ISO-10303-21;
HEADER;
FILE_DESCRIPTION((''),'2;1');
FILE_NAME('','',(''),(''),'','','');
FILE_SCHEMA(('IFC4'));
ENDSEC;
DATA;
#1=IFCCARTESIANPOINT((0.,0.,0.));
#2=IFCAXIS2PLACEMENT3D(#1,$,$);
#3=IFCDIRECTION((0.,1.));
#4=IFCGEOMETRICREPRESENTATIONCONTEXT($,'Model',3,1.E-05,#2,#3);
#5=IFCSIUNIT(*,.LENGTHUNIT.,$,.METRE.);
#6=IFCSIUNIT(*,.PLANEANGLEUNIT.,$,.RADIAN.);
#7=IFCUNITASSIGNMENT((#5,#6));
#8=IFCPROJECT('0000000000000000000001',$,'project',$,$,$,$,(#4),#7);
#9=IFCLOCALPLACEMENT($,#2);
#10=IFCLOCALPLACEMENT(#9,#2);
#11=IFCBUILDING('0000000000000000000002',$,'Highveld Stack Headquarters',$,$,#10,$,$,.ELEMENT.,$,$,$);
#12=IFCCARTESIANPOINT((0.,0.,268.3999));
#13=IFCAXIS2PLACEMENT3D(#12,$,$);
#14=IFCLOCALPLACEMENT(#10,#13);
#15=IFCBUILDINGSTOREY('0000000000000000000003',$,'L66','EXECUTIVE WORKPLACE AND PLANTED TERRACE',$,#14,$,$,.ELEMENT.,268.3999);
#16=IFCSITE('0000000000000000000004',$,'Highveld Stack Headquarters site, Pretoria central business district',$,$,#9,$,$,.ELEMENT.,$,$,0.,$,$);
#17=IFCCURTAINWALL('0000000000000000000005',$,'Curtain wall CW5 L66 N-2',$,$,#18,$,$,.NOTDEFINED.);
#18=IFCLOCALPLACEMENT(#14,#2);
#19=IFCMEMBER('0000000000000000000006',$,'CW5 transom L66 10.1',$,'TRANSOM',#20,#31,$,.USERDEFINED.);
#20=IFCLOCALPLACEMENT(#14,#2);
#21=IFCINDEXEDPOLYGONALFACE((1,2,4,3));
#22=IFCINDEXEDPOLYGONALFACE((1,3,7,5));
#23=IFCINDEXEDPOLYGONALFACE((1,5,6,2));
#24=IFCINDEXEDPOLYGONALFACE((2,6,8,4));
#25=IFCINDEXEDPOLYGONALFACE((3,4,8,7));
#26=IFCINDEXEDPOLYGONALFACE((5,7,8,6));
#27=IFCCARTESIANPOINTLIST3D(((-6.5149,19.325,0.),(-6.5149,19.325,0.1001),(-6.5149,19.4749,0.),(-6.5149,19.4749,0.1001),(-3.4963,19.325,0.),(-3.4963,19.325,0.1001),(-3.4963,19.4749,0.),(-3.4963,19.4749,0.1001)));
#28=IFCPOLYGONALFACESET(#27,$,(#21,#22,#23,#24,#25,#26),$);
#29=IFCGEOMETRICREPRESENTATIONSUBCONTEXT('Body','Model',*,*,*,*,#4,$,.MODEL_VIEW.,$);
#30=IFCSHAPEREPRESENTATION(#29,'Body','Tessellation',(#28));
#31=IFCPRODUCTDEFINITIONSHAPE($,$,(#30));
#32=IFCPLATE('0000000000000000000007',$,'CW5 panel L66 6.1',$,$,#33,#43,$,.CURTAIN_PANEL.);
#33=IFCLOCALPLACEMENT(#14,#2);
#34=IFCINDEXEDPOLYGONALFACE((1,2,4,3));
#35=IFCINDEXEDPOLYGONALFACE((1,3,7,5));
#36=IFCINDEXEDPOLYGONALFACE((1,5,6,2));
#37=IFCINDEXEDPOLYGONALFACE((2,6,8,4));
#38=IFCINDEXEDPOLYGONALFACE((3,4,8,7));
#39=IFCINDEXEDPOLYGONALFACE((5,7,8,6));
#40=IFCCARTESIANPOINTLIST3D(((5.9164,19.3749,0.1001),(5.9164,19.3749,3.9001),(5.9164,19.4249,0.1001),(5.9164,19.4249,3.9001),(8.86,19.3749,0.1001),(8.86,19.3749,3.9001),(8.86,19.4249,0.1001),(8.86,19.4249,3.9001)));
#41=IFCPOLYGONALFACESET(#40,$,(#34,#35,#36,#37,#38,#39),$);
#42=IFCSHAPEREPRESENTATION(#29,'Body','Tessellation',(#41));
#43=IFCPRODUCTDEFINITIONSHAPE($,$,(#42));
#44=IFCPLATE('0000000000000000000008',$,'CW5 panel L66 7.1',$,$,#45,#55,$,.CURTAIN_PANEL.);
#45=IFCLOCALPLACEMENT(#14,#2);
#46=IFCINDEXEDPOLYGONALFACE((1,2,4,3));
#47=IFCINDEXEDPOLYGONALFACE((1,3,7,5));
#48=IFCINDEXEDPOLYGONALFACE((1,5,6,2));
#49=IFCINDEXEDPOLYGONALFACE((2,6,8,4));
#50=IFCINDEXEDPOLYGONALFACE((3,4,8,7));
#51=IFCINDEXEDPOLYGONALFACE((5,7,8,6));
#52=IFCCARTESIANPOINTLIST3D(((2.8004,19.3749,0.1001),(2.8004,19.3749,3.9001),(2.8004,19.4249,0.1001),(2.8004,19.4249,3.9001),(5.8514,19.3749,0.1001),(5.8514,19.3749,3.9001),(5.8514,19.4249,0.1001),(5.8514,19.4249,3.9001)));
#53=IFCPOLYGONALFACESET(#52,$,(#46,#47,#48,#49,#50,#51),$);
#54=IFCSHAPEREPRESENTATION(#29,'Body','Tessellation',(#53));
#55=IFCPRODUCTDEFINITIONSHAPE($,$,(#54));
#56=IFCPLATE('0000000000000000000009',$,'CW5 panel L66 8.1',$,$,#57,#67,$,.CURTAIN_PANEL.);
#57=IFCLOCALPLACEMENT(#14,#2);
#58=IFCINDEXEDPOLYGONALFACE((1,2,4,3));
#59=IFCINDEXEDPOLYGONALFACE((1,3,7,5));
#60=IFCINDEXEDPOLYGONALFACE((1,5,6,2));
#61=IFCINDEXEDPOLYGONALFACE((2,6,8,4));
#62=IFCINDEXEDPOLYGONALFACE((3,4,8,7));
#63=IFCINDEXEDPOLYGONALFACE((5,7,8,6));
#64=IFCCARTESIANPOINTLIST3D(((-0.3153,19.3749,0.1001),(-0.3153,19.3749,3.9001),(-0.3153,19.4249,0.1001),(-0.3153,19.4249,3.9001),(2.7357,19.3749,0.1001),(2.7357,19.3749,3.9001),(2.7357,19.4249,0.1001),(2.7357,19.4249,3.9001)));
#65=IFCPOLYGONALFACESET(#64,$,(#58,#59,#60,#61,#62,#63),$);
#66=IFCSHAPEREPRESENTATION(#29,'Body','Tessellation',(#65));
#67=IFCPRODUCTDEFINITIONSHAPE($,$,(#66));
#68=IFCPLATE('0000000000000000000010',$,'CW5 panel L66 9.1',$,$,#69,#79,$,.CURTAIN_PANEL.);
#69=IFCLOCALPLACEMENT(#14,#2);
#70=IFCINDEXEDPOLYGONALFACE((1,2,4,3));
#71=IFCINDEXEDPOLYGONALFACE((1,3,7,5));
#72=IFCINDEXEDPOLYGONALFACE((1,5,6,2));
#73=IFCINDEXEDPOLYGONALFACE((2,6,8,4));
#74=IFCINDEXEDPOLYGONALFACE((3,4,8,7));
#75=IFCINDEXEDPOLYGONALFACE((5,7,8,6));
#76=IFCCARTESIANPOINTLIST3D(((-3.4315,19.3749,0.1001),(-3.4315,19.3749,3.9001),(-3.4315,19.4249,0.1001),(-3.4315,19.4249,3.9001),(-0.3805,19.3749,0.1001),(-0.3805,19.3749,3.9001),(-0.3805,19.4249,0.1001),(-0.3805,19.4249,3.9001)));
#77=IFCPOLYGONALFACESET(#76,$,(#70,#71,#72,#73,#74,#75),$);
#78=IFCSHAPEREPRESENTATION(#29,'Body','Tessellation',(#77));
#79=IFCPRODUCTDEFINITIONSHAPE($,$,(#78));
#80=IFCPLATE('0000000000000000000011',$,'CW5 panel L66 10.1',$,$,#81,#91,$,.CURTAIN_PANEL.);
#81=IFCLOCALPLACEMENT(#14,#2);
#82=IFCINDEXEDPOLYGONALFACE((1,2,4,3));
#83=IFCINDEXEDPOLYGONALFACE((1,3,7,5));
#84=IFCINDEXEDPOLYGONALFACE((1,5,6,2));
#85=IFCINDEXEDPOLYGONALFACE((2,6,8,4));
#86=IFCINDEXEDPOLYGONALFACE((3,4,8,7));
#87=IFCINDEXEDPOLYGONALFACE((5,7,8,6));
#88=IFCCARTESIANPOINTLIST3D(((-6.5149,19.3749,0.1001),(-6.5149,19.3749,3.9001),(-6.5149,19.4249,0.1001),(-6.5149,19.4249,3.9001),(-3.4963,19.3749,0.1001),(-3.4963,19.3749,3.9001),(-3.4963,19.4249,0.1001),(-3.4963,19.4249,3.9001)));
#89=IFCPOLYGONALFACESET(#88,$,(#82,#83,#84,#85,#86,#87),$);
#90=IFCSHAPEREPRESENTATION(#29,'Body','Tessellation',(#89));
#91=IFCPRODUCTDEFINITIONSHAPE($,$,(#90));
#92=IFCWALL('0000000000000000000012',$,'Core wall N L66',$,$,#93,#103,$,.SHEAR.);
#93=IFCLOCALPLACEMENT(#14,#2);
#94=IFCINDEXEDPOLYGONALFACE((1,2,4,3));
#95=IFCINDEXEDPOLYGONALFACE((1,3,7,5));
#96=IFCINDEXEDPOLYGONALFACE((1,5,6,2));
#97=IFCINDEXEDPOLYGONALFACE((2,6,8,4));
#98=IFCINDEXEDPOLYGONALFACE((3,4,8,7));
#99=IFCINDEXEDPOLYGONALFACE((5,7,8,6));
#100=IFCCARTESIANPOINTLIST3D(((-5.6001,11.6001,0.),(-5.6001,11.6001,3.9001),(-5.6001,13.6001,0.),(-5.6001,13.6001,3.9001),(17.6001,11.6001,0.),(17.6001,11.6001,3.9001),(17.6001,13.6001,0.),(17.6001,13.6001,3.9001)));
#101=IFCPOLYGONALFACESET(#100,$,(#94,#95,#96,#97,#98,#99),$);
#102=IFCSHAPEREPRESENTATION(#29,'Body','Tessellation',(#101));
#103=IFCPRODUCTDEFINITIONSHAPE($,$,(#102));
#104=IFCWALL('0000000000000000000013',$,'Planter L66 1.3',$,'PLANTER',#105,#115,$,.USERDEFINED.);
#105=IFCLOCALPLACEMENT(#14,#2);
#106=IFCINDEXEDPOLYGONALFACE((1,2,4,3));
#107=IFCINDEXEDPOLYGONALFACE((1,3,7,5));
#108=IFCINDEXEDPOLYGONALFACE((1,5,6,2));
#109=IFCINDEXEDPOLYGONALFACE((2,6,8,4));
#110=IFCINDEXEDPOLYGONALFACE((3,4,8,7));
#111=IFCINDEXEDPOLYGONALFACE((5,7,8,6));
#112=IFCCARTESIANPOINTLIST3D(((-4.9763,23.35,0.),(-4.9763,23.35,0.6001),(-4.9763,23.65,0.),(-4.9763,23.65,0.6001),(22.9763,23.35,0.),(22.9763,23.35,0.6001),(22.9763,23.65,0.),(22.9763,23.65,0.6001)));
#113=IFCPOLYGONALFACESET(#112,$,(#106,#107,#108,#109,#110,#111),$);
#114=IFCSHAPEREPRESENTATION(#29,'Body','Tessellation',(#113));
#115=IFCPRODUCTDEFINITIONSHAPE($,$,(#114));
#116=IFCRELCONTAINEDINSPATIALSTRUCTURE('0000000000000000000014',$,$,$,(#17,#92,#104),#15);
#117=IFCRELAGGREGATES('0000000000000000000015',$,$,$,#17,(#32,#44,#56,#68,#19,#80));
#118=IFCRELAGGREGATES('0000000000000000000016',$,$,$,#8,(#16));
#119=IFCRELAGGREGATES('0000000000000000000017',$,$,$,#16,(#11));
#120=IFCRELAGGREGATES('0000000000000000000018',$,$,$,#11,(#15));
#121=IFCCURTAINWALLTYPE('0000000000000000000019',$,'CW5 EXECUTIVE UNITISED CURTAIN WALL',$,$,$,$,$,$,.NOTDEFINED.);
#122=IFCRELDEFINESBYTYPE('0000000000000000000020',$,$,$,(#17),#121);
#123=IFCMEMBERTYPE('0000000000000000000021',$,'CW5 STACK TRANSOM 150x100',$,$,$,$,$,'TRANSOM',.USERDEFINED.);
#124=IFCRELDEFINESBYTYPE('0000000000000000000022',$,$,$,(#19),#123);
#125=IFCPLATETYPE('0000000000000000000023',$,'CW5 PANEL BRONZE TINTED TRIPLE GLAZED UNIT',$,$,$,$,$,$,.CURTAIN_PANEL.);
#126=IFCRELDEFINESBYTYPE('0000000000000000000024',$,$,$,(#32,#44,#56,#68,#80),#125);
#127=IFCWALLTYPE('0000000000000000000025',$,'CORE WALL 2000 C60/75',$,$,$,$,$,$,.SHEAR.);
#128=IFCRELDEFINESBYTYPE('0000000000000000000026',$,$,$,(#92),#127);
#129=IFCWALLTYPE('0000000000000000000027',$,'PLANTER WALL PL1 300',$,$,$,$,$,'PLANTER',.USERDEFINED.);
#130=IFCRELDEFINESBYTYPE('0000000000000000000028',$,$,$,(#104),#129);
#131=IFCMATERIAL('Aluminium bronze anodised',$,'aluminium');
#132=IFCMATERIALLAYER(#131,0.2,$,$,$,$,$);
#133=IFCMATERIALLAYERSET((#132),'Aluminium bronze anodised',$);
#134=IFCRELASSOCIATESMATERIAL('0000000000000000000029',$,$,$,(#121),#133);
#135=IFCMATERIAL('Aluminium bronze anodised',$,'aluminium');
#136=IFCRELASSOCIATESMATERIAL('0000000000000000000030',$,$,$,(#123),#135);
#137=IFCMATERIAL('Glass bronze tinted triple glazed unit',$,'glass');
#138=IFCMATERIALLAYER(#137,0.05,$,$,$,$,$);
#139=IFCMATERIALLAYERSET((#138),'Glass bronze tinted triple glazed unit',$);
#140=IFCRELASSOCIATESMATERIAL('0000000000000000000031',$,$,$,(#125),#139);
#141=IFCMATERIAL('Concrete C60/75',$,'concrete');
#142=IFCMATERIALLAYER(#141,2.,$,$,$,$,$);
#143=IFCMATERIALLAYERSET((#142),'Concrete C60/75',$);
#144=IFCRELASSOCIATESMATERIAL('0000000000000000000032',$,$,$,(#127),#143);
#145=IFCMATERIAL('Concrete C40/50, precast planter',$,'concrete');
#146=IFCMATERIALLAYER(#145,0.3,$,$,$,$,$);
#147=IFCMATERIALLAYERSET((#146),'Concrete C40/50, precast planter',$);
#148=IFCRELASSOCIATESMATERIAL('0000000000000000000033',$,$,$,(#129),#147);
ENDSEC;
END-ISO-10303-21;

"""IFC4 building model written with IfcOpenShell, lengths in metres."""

from ifc_helpers import new_model, si_unit, direction, frame, frame_2d, origin, origin_2d, place, context, subcontext, project, spatial, rectangle, extrude, material, layer, layer_set, material_profile, profile_set, type_object, element, aggregate, save


model = new_model("IFC4")

# Units and contexts
model_context = context("Model", 3, precision=1e-05, world=origin(), true_north=direction((0.0, 1.0)))
body_context = subcontext(model_context, "Body", "Model", "MODEL_VIEW")
ifc_project = project(units=[si_unit("LENGTHUNIT", "METRE"), si_unit("PLANEANGLEUNIT", "RADIAN")], contexts=[model_context])

# Site, building, storey
site_placement = place(None, origin())
site = spatial("IfcSite", under=ifc_project, at=site_placement, Name="Highveld Stack Headquarters site, Pretoria central business district", CompositionType="ELEMENT", RefElevation=0.0)
building_placement = place(site_placement, origin())
building = spatial("IfcBuilding", under=site, at=building_placement, Name="Highveld Stack Headquarters", CompositionType="ELEMENT")
storey_placement = place(building_placement, frame((0.0, 0.0, 268.3999)))
storey = spatial("IfcBuildingStorey", under=building, at=storey_placement, Name="L66", Description="EXECUTIVE WORKPLACE AND PLANTED TERRACE", CompositionType="ELEMENT", Elevation=268.3999)

# Curtain wall, member, plates
ifc_material_1 = material(Name="Aluminium bronze anodised", Category="aluminium")
ifc_layer_1 = layer(ifc_material_1, 0.2)
ifc_layer_set_1 = layer_set([ifc_layer_1], Name="Aluminium bronze anodised")
curtain_wall_type = type_object("IfcCurtainWallType", Name="CW5 EXECUTIVE UNITISED CURTAIN WALL", PredefinedType="NOTDEFINED", material=ifc_layer_set_1)
curtain_wall_placement = place(storey_placement, origin())
curtain_wall = element("IfcCurtainWall", 1, at=curtain_wall_placement, inside=storey, type_object=curtain_wall_type, Name="Curtain wall CW5 L66 N-2", PredefinedType="NOTDEFINED")
ifc_material_2 = material(Name="Aluminium bronze anodised", Category="aluminium")
ifc_material_profile_1 = material_profile(ifc_material_2, rectangle(XDim=0.1499, YDim=0.1001, at=origin_2d()), Name="CW5 TRANSOM 150x100")
ifc_profile_set_1 = profile_set([ifc_material_profile_1], Name="Aluminium bronze anodised")
member_type_1 = type_object("IfcMemberType", Name="CW5 STACK TRANSOM 150x100", ElementType="TRANSOM", PredefinedType="USERDEFINED", material=ifc_profile_set_1)
member_1_placement = place(storey_placement, frame((-3.4963, 19.3999, 0.05), z_axis=(-1.0, 0.0, 0.0), x_axis=(0.0, -1.0, 0.0)))
member_1 = element("IfcMember", 2, at=member_1_placement, type_object=member_type_1, Name="CW5 transom L66 10.1", ObjectType="TRANSOM", PredefinedType="USERDEFINED", context=body_context, shape_type="SweptSolid", body=[
    extrude(rectangle(XDim=0.1499, YDim=0.1001, at=origin_2d()), origin(), (0.0, 0.0, 1.0), 3.0186),
])
ifc_material_3 = material(Name="Glass bronze tinted triple glazed unit", Category="glass")
ifc_layer_2 = layer(ifc_material_3, 0.05)
ifc_layer_set_2 = layer_set([ifc_layer_2], Name="Glass bronze tinted triple glazed unit")
plate_type = type_object("IfcPlateType", Name="CW5 PANEL BRONZE TINTED TRIPLE GLAZED UNIT", PredefinedType="CURTAIN_PANEL", material=ifc_layer_set_2)
plate_1_placement = place(storey_placement, frame((7.3882, 19.3999, 0.1001), z_axis=(0.0, 0.0, 1.0), x_axis=(-1.0, 0.0, 0.0)))
plate_1 = element("IfcPlate", 3, at=plate_1_placement, type_object=plate_type, Name="CW5 panel L66 6.1", PredefinedType="CURTAIN_PANEL", context=body_context, shape_type="SweptSolid", body=[
    extrude(rectangle(XDim=2.9436, YDim=0.05, at=origin_2d()), origin(), (0.0, 0.0, 1.0), 3.8),
])
plate_2_placement = place(storey_placement, frame((4.3259, 19.3999, 0.1001), z_axis=(0.0, 0.0, 1.0), x_axis=(-1.0, 0.0, 0.0)))
plate_2 = element("IfcPlate", 4, at=plate_2_placement, type_object=plate_type, Name="CW5 panel L66 7.1", PredefinedType="CURTAIN_PANEL", context=body_context, shape_type="SweptSolid", body=[
    extrude(rectangle(XDim=3.051, YDim=0.05, at=origin_2d()), origin(), (0.0, 0.0, 1.0), 3.8),
])
plate_3_placement = place(storey_placement, frame((1.2102, 19.3999, 0.1001), z_axis=(0.0, 0.0, 1.0), x_axis=(-1.0, 0.0, 0.0)))
plate_3 = element("IfcPlate", 5, at=plate_3_placement, type_object=plate_type, Name="CW5 panel L66 8.1", PredefinedType="CURTAIN_PANEL", context=body_context, shape_type="SweptSolid", body=[
    extrude(rectangle(XDim=3.051, YDim=0.05, at=origin_2d()), origin(), (0.0, 0.0, 1.0), 3.8),
])
plate_4_placement = place(storey_placement, frame((-1.906, 19.3999, 0.1001), z_axis=(0.0, 0.0, 1.0), x_axis=(-1.0, 0.0, 0.0)))
plate_4 = element("IfcPlate", 6, at=plate_4_placement, type_object=plate_type, Name="CW5 panel L66 9.1", PredefinedType="CURTAIN_PANEL", context=body_context, shape_type="SweptSolid", body=[
    extrude(rectangle(XDim=3.051, YDim=0.05, at=origin_2d()), origin(), (0.0, 0.0, 1.0), 3.8),
])
plate_5_placement = place(storey_placement, frame((-5.0056, 19.3999, 0.1001), z_axis=(0.0, 0.0, 1.0), x_axis=(-1.0, 0.0, 0.0)))
plate_5 = element("IfcPlate", 7, at=plate_5_placement, type_object=plate_type, Name="CW5 panel L66 10.1", PredefinedType="CURTAIN_PANEL", context=body_context, shape_type="SweptSolid", body=[
    extrude(rectangle(XDim=3.0186, YDim=0.05, at=origin_2d()), origin(), (0.0, 0.0, 1.0), 3.8),
])
aggregate(curtain_wall, [plate_1, plate_2, plate_3, plate_4, member_1, plate_5])

# Walls
ifc_material_4 = material(Name="Concrete C60/75", Category="concrete")
ifc_layer_3 = layer(ifc_material_4, 2.0)
ifc_layer_set_3 = layer_set([ifc_layer_3], Name="Concrete C60/75")
wall_type_1 = type_object("IfcWallType", Name="CORE WALL 2000 C60/75", PredefinedType="SHEAR", material=ifc_layer_set_3)
wall_1_placement = place(storey_placement, frame((-5.6001, 12.6001, 0.0), z_axis=(0.0, 0.0, 1.0), x_axis=(1.0, 0.0, 0.0)))
element("IfcWall", 8, at=wall_1_placement, inside=storey, type_object=wall_type_1, Name="Core wall N L66", PredefinedType="SHEAR", context=body_context, shape_type="SweptSolid", body=[
    extrude(rectangle(XDim=23.2002, YDim=2.0, at=frame_2d((11.6001, 0.0))), origin(), (0.0, 0.0, 1.0), 3.9001),
])
ifc_material_5 = material(Name="Concrete C40/50, precast planter", Category="concrete")
ifc_layer_4 = layer(ifc_material_5, 0.3)
ifc_layer_set_4 = layer_set([ifc_layer_4], Name="Concrete C40/50, precast planter")
wall_type_2 = type_object("IfcWallType", Name="PLANTER WALL PL1 300", ElementType="PLANTER", PredefinedType="USERDEFINED", material=ifc_layer_set_4)
wall_2_placement = place(storey_placement, frame((-4.9763, 23.5, 0.0), z_axis=(0.0, 0.0, 1.0), x_axis=(1.0, 0.0, 0.0)))
element("IfcWall", 9, at=wall_2_placement, inside=storey, type_object=wall_type_2, Name="Planter L66 1.3", ObjectType="PLANTER", PredefinedType="USERDEFINED", context=body_context, shape_type="SweptSolid", body=[
    extrude(rectangle(XDim=27.9526, YDim=0.3, at=frame_2d((13.9763, 0.0))), origin(), (0.0, 0.0, 1.0), 0.6001),
])

save(model, "model.ifc")
